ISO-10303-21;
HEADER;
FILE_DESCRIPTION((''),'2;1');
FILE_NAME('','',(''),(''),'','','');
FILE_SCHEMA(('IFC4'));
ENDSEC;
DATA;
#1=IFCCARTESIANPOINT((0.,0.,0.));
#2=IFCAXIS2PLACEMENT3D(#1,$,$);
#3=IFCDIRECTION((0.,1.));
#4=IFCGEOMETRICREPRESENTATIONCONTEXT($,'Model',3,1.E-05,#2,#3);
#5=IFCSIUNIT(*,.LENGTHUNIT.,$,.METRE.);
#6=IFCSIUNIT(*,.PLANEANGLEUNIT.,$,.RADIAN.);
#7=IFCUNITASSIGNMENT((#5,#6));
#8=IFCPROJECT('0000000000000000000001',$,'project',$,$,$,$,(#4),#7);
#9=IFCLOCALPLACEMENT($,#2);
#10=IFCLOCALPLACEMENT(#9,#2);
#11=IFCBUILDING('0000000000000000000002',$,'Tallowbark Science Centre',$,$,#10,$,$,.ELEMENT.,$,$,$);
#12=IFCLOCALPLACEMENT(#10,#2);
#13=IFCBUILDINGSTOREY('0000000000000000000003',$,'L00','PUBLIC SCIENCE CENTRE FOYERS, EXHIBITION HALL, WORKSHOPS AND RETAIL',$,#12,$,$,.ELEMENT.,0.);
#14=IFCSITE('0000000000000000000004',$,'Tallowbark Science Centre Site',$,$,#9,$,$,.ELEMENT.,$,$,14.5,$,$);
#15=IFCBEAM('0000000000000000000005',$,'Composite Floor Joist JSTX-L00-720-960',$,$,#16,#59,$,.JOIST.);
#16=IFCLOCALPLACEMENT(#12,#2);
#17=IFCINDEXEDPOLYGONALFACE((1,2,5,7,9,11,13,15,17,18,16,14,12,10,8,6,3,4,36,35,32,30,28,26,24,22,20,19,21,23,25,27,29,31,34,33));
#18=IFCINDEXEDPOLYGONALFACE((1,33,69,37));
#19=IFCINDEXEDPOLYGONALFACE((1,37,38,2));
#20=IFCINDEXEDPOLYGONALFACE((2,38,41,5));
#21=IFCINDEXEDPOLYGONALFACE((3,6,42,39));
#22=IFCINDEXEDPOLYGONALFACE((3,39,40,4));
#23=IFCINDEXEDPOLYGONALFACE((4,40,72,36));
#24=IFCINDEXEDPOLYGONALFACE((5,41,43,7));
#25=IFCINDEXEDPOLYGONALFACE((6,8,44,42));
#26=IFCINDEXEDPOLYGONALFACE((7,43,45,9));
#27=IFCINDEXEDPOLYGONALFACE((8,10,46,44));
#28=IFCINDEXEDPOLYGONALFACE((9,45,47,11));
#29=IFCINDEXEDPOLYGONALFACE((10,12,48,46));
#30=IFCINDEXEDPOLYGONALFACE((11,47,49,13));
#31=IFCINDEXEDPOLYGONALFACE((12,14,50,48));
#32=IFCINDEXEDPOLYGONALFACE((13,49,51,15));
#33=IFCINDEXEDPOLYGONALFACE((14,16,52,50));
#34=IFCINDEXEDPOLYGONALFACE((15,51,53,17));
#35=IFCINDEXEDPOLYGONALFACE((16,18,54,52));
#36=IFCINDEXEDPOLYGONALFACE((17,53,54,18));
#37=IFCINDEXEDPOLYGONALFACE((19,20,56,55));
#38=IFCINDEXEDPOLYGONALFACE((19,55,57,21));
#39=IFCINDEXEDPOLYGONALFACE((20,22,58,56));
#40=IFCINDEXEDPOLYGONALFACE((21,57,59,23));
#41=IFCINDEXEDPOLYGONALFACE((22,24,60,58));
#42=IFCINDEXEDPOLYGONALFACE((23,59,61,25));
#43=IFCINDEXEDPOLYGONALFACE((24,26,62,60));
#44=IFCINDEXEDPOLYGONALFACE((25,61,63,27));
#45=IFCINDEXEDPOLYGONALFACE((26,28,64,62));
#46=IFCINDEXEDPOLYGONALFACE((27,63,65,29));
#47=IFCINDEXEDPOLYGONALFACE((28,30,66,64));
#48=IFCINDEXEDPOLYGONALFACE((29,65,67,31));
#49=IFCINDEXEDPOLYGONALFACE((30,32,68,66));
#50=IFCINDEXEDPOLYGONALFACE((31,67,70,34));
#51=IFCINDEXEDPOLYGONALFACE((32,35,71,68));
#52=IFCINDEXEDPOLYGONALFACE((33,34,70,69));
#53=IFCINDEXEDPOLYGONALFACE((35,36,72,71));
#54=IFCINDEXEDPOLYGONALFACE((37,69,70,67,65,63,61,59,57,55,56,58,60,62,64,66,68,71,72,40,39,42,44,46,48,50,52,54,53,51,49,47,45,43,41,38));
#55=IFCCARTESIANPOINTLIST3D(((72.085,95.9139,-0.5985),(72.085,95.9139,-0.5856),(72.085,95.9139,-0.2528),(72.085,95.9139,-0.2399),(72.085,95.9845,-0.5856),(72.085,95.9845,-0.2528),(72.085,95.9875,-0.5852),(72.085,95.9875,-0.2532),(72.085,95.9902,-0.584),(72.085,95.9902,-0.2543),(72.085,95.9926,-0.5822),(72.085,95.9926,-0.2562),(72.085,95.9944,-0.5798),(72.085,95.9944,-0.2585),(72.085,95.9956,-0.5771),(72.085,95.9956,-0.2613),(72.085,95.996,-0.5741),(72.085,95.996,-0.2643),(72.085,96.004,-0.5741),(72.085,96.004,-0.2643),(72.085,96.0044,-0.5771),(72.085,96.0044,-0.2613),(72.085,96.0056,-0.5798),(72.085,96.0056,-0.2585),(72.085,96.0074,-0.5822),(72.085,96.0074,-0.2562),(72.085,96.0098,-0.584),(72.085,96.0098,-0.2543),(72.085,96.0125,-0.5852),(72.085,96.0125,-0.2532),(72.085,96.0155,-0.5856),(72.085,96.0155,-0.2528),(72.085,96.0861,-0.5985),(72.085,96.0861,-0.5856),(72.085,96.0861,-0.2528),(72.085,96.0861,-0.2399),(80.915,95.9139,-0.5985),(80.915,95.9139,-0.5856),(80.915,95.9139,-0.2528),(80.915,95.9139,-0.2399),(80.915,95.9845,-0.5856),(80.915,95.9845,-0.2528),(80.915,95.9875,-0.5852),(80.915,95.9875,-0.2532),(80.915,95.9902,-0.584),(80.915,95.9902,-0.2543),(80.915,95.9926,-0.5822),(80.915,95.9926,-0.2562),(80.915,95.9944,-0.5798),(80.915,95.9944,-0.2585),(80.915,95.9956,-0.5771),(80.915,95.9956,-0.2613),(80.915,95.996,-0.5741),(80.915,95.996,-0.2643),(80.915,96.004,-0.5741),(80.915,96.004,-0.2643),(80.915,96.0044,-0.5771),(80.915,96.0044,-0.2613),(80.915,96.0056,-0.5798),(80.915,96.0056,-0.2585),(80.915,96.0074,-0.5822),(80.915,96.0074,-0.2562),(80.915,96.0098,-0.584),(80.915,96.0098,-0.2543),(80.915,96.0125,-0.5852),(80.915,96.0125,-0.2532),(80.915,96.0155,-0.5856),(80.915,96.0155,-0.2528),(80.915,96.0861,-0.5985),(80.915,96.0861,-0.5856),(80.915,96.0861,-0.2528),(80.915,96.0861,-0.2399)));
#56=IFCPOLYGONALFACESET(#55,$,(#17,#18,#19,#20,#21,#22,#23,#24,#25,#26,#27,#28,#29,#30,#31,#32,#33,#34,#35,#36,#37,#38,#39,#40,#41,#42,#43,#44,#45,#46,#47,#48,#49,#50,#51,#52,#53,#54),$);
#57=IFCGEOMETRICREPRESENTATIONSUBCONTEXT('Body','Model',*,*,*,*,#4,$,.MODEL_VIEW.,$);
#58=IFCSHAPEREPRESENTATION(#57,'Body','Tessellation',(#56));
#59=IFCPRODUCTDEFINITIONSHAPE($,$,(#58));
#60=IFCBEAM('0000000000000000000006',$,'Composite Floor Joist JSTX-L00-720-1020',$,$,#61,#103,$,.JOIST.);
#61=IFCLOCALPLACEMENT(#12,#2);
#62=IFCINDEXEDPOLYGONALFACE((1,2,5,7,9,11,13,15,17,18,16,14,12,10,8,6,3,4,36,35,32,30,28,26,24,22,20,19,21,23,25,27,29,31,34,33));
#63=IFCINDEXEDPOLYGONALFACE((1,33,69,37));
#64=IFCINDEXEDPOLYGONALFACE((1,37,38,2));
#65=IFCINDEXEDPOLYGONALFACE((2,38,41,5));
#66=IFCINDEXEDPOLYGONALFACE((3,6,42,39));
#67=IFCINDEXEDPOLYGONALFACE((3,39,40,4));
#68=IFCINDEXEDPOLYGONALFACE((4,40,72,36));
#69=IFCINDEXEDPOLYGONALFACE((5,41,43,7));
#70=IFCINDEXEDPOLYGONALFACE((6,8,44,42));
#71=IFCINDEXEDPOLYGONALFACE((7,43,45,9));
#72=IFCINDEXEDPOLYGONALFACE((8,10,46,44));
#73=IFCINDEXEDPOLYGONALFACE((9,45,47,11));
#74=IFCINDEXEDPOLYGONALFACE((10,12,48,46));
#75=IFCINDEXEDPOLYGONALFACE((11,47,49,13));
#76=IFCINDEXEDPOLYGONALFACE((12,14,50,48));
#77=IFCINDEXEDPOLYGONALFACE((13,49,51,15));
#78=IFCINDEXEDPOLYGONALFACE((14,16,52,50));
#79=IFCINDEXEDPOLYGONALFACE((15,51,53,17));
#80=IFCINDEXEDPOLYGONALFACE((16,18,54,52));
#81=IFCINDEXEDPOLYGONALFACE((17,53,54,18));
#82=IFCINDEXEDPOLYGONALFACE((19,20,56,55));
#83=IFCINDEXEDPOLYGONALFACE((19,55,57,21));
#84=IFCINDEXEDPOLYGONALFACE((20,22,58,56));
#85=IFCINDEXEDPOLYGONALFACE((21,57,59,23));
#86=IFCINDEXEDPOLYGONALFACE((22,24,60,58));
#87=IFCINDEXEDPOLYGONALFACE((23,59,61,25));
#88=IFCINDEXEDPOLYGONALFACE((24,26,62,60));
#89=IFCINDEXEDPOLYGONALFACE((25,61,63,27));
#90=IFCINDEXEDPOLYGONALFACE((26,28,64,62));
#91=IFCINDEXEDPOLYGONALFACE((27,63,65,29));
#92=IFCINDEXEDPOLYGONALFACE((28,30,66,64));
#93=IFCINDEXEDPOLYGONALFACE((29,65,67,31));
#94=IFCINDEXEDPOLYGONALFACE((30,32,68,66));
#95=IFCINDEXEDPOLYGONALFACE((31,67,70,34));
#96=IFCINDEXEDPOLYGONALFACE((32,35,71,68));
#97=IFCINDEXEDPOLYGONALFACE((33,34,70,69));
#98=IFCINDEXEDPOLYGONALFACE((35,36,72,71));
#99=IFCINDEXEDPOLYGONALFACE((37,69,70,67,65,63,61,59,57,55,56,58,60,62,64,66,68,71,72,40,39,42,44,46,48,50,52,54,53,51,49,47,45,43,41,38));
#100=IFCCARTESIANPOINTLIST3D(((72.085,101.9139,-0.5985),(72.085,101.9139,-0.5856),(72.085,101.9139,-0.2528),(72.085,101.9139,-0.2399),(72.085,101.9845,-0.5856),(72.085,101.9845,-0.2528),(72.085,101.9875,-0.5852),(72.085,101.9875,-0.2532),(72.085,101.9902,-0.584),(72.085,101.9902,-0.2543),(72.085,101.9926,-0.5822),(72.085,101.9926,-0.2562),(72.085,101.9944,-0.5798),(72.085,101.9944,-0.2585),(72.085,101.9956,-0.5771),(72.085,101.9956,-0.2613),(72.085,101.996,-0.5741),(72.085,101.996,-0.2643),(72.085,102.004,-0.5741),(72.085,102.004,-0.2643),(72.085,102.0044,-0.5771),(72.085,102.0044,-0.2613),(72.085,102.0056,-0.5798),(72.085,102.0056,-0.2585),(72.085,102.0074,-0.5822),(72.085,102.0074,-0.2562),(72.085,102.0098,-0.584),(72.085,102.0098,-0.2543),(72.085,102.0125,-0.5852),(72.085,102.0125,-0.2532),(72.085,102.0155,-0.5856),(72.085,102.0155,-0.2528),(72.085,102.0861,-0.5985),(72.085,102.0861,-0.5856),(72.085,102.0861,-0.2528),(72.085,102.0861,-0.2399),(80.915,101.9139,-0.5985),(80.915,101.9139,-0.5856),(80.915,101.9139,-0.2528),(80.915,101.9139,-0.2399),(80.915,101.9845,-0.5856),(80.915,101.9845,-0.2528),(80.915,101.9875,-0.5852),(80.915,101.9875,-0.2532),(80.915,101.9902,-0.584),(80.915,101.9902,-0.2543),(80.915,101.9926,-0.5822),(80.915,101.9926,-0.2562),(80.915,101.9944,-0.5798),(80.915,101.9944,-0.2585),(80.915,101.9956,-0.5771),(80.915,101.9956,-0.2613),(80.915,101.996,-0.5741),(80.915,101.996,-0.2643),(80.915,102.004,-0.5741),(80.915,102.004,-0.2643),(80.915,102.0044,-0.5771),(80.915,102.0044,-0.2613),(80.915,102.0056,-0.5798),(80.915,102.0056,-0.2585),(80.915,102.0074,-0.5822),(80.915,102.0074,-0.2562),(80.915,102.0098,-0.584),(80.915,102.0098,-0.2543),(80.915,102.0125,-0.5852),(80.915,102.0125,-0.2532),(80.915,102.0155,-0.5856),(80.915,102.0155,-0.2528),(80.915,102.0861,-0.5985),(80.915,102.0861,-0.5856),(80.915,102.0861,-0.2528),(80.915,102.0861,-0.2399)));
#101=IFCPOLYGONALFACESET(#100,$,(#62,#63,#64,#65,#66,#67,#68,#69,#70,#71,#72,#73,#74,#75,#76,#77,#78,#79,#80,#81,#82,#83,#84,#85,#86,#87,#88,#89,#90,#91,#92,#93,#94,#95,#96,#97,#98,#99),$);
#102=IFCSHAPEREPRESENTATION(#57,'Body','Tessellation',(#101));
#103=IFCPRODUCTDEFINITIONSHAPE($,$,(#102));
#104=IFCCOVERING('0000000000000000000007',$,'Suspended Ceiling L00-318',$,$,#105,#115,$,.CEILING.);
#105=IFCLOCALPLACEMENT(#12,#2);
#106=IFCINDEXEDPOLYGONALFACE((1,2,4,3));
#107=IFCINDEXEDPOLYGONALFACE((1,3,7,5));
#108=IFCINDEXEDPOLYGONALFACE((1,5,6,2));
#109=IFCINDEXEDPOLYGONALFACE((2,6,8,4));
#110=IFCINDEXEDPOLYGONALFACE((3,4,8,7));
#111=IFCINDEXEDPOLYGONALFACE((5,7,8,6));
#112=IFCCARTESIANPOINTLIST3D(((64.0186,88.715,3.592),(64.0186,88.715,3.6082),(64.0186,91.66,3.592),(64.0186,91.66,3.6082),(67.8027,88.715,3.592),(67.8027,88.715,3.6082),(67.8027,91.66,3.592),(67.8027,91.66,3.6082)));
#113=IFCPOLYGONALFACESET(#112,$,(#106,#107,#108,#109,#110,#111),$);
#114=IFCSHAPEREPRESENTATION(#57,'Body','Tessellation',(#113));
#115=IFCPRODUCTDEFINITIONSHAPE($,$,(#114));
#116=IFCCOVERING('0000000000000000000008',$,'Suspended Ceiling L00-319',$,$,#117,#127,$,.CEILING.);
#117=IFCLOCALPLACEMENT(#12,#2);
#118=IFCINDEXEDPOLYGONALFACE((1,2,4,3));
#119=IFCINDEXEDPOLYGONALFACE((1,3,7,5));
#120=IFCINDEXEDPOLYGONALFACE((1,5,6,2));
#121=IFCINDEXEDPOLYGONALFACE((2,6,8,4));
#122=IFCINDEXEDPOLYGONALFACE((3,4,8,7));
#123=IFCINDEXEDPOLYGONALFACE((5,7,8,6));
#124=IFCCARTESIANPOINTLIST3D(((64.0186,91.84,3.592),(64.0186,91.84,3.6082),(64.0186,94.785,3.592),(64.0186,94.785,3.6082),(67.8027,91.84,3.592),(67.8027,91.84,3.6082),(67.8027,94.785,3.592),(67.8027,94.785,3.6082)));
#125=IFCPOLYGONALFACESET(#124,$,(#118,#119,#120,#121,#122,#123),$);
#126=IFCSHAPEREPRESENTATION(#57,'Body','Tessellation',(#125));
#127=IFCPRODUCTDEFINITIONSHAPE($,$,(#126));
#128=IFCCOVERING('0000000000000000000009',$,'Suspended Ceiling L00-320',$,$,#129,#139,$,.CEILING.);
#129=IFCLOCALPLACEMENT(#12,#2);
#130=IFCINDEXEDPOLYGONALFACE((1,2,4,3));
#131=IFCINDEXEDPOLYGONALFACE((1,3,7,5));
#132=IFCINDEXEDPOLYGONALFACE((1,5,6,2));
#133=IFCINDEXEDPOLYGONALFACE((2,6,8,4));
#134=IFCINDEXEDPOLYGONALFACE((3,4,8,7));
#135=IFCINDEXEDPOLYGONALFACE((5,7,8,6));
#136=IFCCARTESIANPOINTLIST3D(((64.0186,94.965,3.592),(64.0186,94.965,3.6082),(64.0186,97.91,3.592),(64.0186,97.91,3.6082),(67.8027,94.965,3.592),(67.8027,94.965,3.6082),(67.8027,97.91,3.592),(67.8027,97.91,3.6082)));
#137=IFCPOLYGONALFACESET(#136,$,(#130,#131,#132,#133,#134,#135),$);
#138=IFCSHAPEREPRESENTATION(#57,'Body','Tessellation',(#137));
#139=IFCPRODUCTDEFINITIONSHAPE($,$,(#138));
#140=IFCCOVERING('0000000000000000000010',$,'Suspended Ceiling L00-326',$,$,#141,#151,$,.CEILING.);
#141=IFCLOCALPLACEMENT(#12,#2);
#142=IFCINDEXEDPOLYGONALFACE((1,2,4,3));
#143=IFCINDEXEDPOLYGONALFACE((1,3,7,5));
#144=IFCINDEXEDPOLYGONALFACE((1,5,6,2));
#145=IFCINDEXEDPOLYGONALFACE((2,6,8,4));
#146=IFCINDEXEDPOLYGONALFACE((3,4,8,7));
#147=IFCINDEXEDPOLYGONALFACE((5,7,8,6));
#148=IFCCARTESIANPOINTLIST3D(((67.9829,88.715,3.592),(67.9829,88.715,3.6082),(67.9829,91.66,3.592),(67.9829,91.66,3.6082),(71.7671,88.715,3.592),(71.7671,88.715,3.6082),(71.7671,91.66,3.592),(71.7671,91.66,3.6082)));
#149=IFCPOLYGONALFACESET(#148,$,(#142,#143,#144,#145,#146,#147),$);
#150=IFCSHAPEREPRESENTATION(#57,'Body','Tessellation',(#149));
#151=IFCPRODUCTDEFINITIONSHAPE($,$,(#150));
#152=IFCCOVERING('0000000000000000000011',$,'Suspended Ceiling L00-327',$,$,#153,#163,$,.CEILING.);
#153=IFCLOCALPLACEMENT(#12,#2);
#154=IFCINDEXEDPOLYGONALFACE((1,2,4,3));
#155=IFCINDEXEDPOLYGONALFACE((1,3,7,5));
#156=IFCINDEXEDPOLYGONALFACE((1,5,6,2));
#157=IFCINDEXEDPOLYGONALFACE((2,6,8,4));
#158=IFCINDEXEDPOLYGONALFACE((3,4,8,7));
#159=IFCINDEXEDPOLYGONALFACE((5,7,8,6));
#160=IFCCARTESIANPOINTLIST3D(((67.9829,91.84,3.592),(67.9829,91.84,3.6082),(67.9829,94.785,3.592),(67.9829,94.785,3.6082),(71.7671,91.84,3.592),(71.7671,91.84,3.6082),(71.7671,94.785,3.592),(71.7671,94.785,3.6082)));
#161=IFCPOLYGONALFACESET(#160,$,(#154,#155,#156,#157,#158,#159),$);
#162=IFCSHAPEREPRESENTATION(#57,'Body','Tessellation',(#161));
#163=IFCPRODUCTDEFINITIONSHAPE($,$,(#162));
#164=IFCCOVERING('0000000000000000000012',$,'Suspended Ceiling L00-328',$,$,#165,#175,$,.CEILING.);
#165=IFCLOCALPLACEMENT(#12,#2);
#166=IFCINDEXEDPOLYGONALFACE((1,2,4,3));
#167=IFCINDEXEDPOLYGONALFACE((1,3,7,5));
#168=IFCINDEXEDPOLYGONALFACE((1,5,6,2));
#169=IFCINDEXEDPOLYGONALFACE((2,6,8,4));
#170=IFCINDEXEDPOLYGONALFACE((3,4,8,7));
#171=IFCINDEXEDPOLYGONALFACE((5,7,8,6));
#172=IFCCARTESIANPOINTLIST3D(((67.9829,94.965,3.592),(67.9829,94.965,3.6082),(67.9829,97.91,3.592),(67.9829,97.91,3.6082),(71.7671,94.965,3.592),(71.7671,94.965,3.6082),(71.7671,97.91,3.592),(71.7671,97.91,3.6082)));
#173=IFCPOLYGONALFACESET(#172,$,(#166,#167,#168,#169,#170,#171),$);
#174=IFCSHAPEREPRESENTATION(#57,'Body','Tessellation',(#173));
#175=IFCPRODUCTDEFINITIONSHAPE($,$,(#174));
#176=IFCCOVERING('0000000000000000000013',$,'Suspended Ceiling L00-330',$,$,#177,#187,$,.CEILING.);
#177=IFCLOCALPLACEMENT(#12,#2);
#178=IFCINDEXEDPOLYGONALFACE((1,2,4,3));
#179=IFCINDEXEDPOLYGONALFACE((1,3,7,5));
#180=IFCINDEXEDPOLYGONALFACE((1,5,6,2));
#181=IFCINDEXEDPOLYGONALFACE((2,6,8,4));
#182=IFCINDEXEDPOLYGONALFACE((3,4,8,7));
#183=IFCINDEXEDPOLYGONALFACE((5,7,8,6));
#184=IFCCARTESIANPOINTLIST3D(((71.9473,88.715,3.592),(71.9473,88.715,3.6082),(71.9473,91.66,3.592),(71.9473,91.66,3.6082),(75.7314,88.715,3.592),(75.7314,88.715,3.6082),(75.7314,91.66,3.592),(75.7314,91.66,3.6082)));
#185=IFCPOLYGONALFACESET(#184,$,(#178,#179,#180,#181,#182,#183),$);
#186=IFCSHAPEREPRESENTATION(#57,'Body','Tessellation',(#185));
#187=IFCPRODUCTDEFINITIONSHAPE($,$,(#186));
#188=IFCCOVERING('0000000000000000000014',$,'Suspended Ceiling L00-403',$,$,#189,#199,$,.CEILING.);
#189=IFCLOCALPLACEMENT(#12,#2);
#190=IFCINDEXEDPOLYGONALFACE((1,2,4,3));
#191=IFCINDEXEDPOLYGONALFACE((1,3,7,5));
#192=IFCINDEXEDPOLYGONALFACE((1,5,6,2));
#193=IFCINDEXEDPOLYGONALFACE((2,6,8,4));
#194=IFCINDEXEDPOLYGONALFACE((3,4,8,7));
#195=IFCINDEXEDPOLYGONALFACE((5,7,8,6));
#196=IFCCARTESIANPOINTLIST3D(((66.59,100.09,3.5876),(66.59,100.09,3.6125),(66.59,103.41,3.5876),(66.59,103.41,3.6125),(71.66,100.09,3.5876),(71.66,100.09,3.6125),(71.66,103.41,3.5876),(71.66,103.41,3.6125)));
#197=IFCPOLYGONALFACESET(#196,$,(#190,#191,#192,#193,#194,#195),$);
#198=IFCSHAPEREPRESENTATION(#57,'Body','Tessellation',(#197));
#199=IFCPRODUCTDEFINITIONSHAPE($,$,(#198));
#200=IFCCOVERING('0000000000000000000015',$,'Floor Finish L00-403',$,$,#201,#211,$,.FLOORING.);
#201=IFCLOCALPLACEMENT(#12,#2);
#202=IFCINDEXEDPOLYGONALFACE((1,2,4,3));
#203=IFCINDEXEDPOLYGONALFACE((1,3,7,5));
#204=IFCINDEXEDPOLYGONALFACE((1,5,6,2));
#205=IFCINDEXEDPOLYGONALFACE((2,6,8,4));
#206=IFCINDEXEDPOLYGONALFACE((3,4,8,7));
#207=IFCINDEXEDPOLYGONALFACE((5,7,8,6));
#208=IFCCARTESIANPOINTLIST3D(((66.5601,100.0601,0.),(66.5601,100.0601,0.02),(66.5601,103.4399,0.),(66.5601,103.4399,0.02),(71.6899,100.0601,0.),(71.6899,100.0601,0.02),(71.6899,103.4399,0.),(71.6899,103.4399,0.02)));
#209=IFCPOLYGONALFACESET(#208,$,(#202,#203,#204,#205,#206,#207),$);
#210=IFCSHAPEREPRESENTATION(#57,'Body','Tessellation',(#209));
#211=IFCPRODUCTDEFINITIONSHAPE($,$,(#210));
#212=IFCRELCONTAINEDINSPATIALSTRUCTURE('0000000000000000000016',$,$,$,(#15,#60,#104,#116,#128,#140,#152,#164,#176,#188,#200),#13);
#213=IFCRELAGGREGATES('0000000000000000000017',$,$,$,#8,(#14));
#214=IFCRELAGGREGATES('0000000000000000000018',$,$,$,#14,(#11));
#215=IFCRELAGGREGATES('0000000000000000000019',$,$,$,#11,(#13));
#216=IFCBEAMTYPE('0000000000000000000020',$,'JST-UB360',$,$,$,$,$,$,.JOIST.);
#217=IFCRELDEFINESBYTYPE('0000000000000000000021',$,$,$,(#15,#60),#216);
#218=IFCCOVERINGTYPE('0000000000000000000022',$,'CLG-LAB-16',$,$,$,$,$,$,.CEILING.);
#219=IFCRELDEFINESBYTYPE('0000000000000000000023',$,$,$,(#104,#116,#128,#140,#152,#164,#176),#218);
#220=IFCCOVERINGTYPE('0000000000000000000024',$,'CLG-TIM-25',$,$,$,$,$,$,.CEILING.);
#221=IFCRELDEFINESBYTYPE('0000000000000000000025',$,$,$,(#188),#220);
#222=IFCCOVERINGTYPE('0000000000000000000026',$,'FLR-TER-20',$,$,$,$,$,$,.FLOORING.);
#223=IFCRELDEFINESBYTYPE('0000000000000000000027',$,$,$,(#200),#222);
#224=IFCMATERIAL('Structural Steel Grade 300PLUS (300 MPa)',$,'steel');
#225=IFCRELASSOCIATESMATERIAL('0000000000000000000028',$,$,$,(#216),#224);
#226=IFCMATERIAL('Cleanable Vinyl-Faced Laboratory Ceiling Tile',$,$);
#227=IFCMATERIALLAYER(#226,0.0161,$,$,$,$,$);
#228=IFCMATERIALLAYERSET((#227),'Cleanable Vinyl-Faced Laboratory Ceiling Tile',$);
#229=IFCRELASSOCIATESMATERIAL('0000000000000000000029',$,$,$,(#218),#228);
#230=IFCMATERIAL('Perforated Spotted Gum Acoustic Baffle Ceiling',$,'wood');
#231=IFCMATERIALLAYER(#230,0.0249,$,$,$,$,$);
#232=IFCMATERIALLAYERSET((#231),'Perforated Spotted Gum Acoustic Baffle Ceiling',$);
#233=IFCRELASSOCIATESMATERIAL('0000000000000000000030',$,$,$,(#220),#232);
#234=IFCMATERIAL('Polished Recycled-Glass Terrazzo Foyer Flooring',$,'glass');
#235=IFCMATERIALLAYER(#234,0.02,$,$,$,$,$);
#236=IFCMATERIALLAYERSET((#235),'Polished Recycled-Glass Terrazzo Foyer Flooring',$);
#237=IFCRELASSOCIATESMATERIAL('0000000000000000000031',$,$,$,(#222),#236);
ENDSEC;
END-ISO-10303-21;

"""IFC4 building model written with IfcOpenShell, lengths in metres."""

from ifc_helpers import new_model, si_unit, direction, frame, origin, origin_2d, place, context, subcontext, project, spatial, rectangle, i_section, extrude, material, layer, layer_set, material_profile, profile_set, type_object, element, save


model = new_model("IFC4")

# Units and contexts
model_context = context("Model", 3, precision=1e-05, world=origin(), true_north=direction((0.0, 1.0)))
body_context = subcontext(model_context, "Body", "Model", "MODEL_VIEW")
ifc_project = project(units=[si_unit("LENGTHUNIT", "METRE"), si_unit("PLANEANGLEUNIT", "RADIAN")], contexts=[model_context])

# Site, building, storey
site_placement = place(None, origin())
site = spatial("IfcSite", under=ifc_project, at=site_placement, Name="Tallowbark Science Centre Site", CompositionType="ELEMENT", RefElevation=14.5)
building_placement = place(site_placement, origin())
building = spatial("IfcBuilding", under=site, at=building_placement, Name="Tallowbark Science Centre", CompositionType="ELEMENT")
storey_placement = place(building_placement, origin())
storey = spatial("IfcBuildingStorey", under=building, at=storey_placement, Name="L00", Description="PUBLIC SCIENCE CENTRE FOYERS, EXHIBITION HALL, WORKSHOPS AND RETAIL", CompositionType="ELEMENT", Elevation=0.0)

# Shared definitions
ifc_material_1 = material(Name="Structural Steel Grade 300PLUS (300 MPa)", Category="steel")

# Beams
ifc_material_profile_1 = material_profile(ifc_material_1, i_section(OverallWidth=0.1721, OverallDepth=0.3586, WebThickness=0.0081, FlangeThickness=0.0129, FilletRadius=0.0115, at=origin_2d()), Name="360UB56.7")
ifc_profile_set_1 = profile_set([ifc_material_profile_1], Name="Structural Steel Grade 300PLUS (300 MPa)")
beam_type_1 = type_object("IfcBeamType", Name="JST-UB360", PredefinedType="JOIST", material=ifc_profile_set_1)
for number, where, z_axis, x_axis, name in (
    (1, (72.085, 96.0, -0.4192), (1.0, 0.0, 0.0), (0.0, 1.0, 0.0), "Composite Floor Joist JSTX-L00-720-960"),
    (2, (72.085, 102.0, -0.4192), (1.0, 0.0, 0.0), (0.0, 1.0, 0.0), "Composite Floor Joist JSTX-L00-720-1020"),
):
    element("IfcBeam", number, at=place(storey_placement, frame(where, z_axis=z_axis, x_axis=x_axis)), inside=storey, type_object=beam_type_1, Name=name, PredefinedType="JOIST", context=body_context, shape_type="SweptSolid", body=[
        extrude(i_section(OverallWidth=0.1721, OverallDepth=0.3586, WebThickness=0.0081, FlangeThickness=0.0129, FilletRadius=0.0115, at=origin_2d()), origin(), (0.0, 0.0, 1.0), 8.8301),
    ])

# Coverings
ifc_material_2 = material(Name="Cleanable Vinyl-Faced Laboratory Ceiling Tile")
ifc_layer_1 = layer(ifc_material_2, 0.0161)
ifc_layer_set_1 = layer_set([ifc_layer_1], Name="Cleanable Vinyl-Faced Laboratory Ceiling Tile")
covering_type_1 = type_object("IfcCoveringType", Name="CLG-LAB-16", PredefinedType="CEILING", material=ifc_layer_set_1)
for number, where, z_axis, x_axis, name in (
    (3, (65.9106, 90.1875, 3.592), (0.0, 0.0, 1.0), (1.0, 0.0, 0.0), "Suspended Ceiling L00-318"),
    (4, (65.9106, 93.3125, 3.592), (0.0, 0.0, 1.0), (1.0, 0.0, 0.0), "Suspended Ceiling L00-319"),
    (5, (65.9106, 96.4375, 3.592), (0.0, 0.0, 1.0), (1.0, 0.0, 0.0), "Suspended Ceiling L00-320"),
    (6, (69.875, 90.1875, 3.592), (0.0, 0.0, 1.0), (1.0, 0.0, 0.0), "Suspended Ceiling L00-326"),
    (7, (69.875, 93.3125, 3.592), (0.0, 0.0, 1.0), (1.0, 0.0, 0.0), "Suspended Ceiling L00-327"),
    (8, (69.875, 96.4375, 3.592), (0.0, 0.0, 1.0), (1.0, 0.0, 0.0), "Suspended Ceiling L00-328"),
    (9, (73.8394, 90.1875, 3.592), (0.0, 0.0, 1.0), (1.0, 0.0, 0.0), "Suspended Ceiling L00-330"),
):
    element("IfcCovering", number, at=place(storey_placement, frame(where, z_axis=z_axis, x_axis=x_axis)), inside=storey, type_object=covering_type_1, Name=name, PredefinedType="CEILING", context=body_context, shape_type="SweptSolid", body=[
        extrude(rectangle(XDim=3.7842, YDim=2.9451, at=origin_2d()), origin(), (0.0, 0.0, 1.0), 0.0161),
    ])
ifc_material_3 = material(Name="Perforated Spotted Gum Acoustic Baffle Ceiling", Category="wood")
ifc_layer_2 = layer(ifc_material_3, 0.0249)
ifc_layer_set_2 = layer_set([ifc_layer_2], Name="Perforated Spotted Gum Acoustic Baffle Ceiling")
covering_type_2 = type_object("IfcCoveringType", Name="CLG-TIM-25", PredefinedType="CEILING", material=ifc_layer_set_2)
covering_1_placement = place(storey_placement, frame((69.125, 101.75, 3.5876), z_axis=(0.0, 0.0, 1.0), x_axis=(1.0, 0.0, 0.0)))
element("IfcCovering", 10, at=covering_1_placement, inside=storey, type_object=covering_type_2, Name="Suspended Ceiling L00-403", PredefinedType="CEILING", context=body_context, shape_type="SweptSolid", body=[
    extrude(rectangle(XDim=5.0701, YDim=3.3201, at=origin_2d()), origin(), (0.0, 0.0, 1.0), 0.0249),
])
ifc_material_4 = material(Name="Polished Recycled-Glass Terrazzo Foyer Flooring", Category="glass")
ifc_layer_3 = layer(ifc_material_4, 0.02)
ifc_layer_set_3 = layer_set([ifc_layer_3], Name="Polished Recycled-Glass Terrazzo Foyer Flooring")
covering_type_3 = type_object("IfcCoveringType", Name="FLR-TER-20", PredefinedType="FLOORING", material=ifc_layer_set_3)
covering_2_placement = place(storey_placement, frame((69.125, 101.75, 0.0), z_axis=(0.0, 0.0, 1.0), x_axis=(1.0, 0.0, 0.0)))
element("IfcCovering", 11, at=covering_2_placement, inside=storey, type_object=covering_type_3, Name="Floor Finish L00-403", PredefinedType="FLOORING", context=body_context, shape_type="SweptSolid", body=[
    extrude(rectangle(XDim=5.1299, YDim=3.3799, at=origin_2d()), origin(), (0.0, 0.0, 1.0), 0.02),
])

save(model, "model.ifc")
